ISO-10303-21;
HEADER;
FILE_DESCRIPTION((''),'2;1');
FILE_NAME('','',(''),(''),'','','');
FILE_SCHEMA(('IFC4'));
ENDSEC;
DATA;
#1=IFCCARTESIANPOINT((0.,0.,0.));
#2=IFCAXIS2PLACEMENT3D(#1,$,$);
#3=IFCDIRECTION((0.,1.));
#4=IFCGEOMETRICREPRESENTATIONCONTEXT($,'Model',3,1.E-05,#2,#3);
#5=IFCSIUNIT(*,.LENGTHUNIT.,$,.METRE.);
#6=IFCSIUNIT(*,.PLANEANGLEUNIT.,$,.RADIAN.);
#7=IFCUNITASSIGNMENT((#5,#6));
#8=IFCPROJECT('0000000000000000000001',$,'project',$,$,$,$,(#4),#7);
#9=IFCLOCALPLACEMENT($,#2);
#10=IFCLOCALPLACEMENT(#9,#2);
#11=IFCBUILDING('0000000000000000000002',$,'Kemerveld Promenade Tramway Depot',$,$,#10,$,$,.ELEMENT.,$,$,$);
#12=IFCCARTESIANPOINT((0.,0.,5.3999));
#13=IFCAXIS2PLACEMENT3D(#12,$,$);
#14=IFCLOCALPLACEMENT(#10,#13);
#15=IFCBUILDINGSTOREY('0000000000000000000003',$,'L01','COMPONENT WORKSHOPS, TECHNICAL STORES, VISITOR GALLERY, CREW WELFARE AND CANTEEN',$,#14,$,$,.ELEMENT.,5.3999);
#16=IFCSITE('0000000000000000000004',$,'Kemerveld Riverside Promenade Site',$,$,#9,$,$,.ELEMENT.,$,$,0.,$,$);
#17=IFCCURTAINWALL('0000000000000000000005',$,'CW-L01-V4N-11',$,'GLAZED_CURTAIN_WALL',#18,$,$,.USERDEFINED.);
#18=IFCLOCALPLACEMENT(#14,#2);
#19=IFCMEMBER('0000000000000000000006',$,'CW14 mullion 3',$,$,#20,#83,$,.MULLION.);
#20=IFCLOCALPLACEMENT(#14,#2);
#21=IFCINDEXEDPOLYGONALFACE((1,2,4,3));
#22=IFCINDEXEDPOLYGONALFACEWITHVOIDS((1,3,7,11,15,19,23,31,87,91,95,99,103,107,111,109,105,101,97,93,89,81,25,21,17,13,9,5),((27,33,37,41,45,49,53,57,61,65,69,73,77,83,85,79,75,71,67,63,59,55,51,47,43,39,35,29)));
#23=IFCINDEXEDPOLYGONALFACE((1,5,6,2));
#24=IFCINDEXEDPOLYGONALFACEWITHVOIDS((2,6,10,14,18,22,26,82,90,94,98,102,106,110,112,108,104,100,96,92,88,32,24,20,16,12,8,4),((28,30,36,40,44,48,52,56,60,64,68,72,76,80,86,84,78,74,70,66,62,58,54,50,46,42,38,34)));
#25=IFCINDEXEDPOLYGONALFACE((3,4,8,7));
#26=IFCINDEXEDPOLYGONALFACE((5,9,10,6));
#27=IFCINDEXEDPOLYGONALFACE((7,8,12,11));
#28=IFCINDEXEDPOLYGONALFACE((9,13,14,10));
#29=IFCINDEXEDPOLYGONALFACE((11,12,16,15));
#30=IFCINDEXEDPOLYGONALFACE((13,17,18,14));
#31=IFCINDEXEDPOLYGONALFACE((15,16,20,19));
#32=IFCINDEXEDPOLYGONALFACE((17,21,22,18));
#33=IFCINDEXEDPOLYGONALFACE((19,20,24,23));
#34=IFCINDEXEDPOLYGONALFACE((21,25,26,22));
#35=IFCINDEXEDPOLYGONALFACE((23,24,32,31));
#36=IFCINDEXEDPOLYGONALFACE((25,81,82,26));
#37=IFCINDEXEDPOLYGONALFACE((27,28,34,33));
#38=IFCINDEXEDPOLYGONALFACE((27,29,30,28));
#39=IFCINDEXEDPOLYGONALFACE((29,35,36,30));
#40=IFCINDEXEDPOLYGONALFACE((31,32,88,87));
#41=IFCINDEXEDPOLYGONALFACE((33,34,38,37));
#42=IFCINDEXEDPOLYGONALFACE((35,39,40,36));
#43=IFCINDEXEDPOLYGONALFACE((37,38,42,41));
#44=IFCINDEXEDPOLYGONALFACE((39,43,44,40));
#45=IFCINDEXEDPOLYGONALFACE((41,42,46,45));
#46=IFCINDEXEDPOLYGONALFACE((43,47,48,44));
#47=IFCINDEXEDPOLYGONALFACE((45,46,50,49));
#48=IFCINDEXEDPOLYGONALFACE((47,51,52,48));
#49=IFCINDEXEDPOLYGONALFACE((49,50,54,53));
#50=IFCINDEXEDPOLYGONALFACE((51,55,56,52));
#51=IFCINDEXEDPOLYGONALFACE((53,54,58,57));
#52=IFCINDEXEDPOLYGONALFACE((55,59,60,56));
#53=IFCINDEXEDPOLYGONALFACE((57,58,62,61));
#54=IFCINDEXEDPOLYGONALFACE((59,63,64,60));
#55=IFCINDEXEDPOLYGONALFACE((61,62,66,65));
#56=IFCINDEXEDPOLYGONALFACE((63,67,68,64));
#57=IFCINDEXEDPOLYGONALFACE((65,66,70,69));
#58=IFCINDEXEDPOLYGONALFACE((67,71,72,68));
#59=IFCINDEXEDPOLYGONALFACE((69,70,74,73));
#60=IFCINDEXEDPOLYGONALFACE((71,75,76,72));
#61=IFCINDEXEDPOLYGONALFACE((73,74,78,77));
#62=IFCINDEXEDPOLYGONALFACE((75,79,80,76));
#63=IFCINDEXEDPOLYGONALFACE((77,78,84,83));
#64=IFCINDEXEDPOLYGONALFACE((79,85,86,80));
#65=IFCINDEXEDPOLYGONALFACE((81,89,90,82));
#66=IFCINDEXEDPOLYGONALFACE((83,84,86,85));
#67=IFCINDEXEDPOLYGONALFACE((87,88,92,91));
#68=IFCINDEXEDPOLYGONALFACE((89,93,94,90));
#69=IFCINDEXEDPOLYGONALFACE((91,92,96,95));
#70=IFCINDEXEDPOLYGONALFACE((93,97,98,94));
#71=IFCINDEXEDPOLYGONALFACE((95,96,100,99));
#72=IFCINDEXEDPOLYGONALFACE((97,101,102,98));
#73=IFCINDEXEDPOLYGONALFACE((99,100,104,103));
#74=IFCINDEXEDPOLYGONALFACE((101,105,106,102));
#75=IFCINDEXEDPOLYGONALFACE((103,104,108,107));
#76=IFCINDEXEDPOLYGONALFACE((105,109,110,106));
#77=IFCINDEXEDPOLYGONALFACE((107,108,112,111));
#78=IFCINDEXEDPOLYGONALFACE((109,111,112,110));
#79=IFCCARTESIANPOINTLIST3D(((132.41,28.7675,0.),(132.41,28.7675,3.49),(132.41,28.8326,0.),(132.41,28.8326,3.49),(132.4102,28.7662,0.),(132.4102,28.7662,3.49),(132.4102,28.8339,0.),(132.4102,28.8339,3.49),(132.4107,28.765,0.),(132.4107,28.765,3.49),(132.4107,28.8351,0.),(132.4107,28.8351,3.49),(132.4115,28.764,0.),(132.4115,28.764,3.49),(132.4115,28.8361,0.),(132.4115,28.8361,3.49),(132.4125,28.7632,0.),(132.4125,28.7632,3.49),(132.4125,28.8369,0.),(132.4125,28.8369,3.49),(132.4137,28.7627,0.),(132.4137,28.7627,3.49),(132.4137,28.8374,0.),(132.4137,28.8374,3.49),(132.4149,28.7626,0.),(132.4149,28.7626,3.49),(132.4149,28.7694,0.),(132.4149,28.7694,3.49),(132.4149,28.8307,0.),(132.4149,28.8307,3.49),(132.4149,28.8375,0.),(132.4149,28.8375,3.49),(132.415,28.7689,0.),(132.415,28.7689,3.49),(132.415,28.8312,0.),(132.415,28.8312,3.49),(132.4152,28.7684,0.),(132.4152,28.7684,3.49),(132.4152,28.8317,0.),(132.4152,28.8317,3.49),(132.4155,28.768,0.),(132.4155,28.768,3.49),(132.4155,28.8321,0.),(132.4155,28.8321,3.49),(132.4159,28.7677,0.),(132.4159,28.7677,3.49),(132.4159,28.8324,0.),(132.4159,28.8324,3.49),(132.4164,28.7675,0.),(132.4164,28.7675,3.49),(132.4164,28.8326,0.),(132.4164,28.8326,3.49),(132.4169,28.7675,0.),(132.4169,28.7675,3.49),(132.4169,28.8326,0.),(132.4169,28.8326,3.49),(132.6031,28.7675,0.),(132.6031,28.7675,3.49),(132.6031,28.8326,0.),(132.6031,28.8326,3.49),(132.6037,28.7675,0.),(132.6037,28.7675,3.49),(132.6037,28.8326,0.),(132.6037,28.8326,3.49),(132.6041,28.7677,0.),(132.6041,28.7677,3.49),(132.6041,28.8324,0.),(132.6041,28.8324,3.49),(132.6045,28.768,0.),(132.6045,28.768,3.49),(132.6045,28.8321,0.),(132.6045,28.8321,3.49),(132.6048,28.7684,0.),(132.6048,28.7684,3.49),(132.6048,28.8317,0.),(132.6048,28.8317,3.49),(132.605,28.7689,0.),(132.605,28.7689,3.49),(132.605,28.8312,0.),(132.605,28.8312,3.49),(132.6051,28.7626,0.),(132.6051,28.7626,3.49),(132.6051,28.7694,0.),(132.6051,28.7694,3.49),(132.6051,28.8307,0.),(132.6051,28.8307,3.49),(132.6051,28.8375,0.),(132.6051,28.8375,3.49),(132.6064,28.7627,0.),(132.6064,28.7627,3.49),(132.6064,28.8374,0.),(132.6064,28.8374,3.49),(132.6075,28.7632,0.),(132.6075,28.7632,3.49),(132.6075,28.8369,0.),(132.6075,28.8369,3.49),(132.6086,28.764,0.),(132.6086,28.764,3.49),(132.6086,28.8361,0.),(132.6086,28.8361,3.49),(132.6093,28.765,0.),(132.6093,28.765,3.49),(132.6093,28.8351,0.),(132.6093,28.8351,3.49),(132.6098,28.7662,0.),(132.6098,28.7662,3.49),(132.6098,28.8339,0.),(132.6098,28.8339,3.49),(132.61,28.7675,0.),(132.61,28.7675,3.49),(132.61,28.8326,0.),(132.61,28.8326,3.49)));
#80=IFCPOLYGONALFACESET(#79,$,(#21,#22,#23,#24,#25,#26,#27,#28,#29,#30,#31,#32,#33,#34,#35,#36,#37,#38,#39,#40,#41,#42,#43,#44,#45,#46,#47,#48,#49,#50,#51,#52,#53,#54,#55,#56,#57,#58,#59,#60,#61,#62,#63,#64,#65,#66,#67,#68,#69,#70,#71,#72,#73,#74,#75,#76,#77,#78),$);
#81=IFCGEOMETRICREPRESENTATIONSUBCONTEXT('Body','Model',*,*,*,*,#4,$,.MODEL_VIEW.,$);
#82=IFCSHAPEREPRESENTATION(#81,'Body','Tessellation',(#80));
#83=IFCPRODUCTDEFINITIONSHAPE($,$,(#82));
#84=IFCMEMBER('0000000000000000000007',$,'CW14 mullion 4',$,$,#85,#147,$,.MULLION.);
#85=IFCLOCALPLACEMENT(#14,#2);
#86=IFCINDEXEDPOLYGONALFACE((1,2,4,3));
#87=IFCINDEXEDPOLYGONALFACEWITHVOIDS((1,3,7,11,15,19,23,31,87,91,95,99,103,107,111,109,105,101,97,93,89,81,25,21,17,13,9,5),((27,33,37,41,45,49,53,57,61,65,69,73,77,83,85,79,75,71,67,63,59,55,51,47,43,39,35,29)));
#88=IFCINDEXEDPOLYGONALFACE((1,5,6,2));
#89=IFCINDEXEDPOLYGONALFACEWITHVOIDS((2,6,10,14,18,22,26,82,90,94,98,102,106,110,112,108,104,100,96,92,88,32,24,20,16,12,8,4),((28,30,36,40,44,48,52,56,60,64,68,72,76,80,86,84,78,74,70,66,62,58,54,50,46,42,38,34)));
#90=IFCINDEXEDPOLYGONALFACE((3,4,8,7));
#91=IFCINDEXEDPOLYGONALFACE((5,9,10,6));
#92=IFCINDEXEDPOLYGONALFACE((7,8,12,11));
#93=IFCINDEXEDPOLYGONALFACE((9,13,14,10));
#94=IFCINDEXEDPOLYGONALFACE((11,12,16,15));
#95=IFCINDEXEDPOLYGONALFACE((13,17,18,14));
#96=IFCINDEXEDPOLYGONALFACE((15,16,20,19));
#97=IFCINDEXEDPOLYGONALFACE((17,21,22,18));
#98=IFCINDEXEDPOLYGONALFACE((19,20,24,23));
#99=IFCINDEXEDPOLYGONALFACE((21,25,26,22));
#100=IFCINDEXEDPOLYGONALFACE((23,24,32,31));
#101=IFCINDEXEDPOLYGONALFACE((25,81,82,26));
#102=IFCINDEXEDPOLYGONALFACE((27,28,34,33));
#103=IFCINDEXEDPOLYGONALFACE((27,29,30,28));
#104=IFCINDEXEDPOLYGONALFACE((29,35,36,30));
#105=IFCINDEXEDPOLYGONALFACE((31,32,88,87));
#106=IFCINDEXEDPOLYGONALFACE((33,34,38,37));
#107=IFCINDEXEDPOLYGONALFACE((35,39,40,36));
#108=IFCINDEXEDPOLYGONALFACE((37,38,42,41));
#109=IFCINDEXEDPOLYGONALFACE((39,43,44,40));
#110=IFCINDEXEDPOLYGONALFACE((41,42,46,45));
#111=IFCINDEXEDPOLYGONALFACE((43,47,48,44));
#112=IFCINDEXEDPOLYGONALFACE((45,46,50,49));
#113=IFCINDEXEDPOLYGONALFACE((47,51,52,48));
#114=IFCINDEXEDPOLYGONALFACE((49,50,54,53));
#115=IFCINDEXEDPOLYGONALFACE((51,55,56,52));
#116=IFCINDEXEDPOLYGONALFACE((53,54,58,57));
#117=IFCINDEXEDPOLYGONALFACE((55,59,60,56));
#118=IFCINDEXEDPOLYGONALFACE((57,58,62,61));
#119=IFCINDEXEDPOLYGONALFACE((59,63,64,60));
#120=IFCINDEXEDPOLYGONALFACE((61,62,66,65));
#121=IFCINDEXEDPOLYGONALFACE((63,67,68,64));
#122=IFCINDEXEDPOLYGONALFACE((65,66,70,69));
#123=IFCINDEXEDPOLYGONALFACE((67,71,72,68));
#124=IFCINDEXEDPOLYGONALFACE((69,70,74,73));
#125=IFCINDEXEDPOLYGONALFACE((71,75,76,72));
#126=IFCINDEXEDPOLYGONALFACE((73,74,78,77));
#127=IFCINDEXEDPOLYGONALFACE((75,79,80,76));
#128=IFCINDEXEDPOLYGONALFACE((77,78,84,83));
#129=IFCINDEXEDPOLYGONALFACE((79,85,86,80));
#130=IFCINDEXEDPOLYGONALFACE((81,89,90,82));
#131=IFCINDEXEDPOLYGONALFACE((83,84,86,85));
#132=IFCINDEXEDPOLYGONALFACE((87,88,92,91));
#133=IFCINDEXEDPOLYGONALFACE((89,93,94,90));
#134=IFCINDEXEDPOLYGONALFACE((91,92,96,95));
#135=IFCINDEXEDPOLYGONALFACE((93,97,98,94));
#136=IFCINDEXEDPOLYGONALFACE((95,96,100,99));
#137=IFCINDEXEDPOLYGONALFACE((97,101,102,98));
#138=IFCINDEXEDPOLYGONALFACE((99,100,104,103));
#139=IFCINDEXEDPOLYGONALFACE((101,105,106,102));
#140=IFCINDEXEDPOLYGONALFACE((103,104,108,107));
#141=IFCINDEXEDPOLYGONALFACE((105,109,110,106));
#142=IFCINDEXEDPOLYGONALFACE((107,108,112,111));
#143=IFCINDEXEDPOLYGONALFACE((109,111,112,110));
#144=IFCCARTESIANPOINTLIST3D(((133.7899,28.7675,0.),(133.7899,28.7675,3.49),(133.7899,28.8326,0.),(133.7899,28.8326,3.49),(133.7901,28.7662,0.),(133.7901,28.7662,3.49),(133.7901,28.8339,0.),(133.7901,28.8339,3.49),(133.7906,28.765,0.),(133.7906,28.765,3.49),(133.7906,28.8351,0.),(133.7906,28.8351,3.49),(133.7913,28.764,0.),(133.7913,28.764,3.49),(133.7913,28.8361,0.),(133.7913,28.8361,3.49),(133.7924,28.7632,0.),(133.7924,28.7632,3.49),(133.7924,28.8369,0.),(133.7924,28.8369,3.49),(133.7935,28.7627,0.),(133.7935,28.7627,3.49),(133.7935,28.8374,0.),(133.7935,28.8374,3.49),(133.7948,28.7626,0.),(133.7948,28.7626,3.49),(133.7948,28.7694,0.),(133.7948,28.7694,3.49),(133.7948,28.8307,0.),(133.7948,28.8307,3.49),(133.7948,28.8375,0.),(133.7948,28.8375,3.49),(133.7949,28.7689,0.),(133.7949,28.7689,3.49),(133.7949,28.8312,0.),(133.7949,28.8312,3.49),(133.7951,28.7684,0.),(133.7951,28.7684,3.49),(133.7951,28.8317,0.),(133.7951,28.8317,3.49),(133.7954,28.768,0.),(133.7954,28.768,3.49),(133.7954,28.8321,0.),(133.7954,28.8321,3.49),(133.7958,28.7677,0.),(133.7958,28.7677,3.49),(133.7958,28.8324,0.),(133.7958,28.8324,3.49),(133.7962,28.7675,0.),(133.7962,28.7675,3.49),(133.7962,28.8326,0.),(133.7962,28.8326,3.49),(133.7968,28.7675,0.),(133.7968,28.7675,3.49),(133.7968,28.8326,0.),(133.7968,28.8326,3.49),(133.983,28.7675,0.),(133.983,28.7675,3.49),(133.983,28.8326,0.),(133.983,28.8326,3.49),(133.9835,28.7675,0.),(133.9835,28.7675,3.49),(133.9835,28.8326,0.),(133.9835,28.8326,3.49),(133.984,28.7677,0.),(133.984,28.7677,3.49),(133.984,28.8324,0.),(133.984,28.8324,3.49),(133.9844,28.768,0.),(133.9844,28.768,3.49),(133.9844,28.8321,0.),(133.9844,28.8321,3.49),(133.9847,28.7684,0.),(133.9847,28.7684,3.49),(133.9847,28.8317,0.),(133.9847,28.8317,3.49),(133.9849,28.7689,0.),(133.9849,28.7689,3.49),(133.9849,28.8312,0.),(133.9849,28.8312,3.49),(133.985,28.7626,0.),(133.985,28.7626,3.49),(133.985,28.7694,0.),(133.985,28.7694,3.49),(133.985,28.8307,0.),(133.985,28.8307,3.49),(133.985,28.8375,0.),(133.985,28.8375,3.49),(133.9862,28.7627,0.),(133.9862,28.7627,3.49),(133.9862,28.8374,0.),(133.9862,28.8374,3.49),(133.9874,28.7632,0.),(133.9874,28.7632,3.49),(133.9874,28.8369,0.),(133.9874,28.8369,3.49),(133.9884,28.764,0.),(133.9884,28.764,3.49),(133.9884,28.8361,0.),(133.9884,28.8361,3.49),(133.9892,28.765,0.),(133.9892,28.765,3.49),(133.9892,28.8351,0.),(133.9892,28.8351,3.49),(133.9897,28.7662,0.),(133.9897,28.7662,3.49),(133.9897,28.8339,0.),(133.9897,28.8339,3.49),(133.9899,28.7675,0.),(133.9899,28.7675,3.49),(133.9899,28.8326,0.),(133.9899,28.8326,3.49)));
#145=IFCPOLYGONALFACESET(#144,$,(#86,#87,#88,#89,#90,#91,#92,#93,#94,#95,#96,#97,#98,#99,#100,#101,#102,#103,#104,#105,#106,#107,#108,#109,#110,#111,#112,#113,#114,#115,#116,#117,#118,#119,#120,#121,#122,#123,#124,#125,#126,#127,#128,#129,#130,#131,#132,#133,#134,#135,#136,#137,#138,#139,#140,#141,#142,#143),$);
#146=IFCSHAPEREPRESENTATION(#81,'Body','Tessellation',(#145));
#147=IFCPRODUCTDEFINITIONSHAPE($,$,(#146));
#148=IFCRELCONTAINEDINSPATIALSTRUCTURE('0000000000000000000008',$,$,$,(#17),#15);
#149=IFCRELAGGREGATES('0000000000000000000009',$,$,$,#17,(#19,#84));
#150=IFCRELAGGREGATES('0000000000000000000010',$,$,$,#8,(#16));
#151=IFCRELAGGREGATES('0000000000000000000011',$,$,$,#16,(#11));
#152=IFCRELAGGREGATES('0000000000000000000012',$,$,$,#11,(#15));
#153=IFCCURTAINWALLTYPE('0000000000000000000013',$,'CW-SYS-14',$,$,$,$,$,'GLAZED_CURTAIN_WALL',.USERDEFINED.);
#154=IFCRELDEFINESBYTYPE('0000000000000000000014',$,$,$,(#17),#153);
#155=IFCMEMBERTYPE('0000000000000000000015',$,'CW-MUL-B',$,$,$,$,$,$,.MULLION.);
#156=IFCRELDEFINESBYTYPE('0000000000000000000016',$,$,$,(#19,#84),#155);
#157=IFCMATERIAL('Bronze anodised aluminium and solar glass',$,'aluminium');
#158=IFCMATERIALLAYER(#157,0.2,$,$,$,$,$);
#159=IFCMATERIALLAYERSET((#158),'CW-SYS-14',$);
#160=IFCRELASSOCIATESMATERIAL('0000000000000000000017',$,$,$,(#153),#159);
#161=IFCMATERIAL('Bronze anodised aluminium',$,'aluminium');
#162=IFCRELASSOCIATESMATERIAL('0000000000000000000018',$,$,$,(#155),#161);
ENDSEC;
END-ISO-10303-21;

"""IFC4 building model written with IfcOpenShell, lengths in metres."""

from ifc_helpers import new_model, si_unit, direction, frame, origin, origin_2d, place, context, subcontext, project, spatial, hollow_rectangle, extrude, material, layer, layer_set, material_profile, profile_set, type_object, element, aggregate, save


model = new_model("IFC4")

# Units and contexts
model_context = context("Model", 3, precision=1e-05, world=origin(), true_north=direction((0.0, 1.0)))
body_context = subcontext(model_context, "Body", "Model", "MODEL_VIEW")
ifc_project = project(units=[si_unit("LENGTHUNIT", "METRE"), si_unit("PLANEANGLEUNIT", "RADIAN")], contexts=[model_context])

# Site, building, storey
site_placement = place(None, origin())
site = spatial("IfcSite", under=ifc_project, at=site_placement, Name="Kemerveld Riverside Promenade Site", CompositionType="ELEMENT", RefElevation=0.0)
building_placement = place(site_placement, origin())
building = spatial("IfcBuilding", under=site, at=building_placement, Name="Kemerveld Promenade Tramway Depot", CompositionType="ELEMENT")
storey_placement = place(building_placement, frame((0.0, 0.0, 5.3999)))
storey = spatial("IfcBuildingStorey", under=building, at=storey_placement, Name="L01", Description="COMPONENT WORKSHOPS, TECHNICAL STORES, VISITOR GALLERY, CREW WELFARE AND CANTEEN", CompositionType="ELEMENT", Elevation=5.3999)

# Curtain wall, members
ifc_material_1 = material(Name="Bronze anodised aluminium and solar glass", Category="aluminium")
ifc_layer_1 = layer(ifc_material_1, 0.2)
ifc_layer_set_1 = layer_set([ifc_layer_1], Name="CW-SYS-14")
curtain_wall_type = type_object("IfcCurtainWallType", Name="CW-SYS-14", ElementType="GLAZED_CURTAIN_WALL", PredefinedType="USERDEFINED", material=ifc_layer_set_1)
curtain_wall_placement = place(storey_placement, origin())
curtain_wall = element("IfcCurtainWall", 1, at=curtain_wall_placement, inside=storey, type_object=curtain_wall_type, Name="CW-L01-V4N-11", ObjectType="GLAZED_CURTAIN_WALL", PredefinedType="USERDEFINED")
ifc_material_2 = material(Name="Bronze anodised aluminium", Category="aluminium")
ifc_material_profile_1 = material_profile(ifc_material_2, hollow_rectangle(XDim=0.075, YDim=0.2, WallThickness=0.0049, InnerFilletRadius=0.002, OuterFilletRadius=0.0049, at=origin_2d()), Name="CW-MUL-200x75")
ifc_profile_set_1 = profile_set([ifc_material_profile_1], Name="Bronze anodised aluminium")
member_type_1 = type_object("IfcMemberType", Name="CW-MUL-B", PredefinedType="MULLION", material=ifc_profile_set_1)
member_1_placement = place(storey_placement, frame((132.51, 28.8, 0.0), z_axis=(0.0, 0.0, 1.0), x_axis=(0.0, 1.0, 0.0)))
member_1 = element("IfcMember", 2, at=member_1_placement, type_object=member_type_1, Name="CW14 mullion 3", PredefinedType="MULLION", context=body_context, shape_type="SweptSolid", body=[
    extrude(hollow_rectangle(XDim=0.075, YDim=0.2, WallThickness=0.0049, InnerFilletRadius=0.002, OuterFilletRadius=0.0049, at=origin_2d()), origin(), (0.0, 0.0, 1.0), 3.49),
])
member_2_placement = place(storey_placement, frame((133.8899, 28.8, 0.0), z_axis=(0.0, 0.0, 1.0), x_axis=(0.0, 1.0, 0.0)))
member_2 = element("IfcMember", 3, at=member_2_placement, type_object=member_type_1, Name="CW14 mullion 4", PredefinedType="MULLION", context=body_context, shape_type="SweptSolid", body=[
    extrude(hollow_rectangle(XDim=0.075, YDim=0.2, WallThickness=0.0049, InnerFilletRadius=0.002, OuterFilletRadius=0.0049, at=origin_2d()), origin(), (0.0, 0.0, 1.0), 3.49),
])
aggregate(curtain_wall, [member_1, member_2])

save(model, "model.ifc")
